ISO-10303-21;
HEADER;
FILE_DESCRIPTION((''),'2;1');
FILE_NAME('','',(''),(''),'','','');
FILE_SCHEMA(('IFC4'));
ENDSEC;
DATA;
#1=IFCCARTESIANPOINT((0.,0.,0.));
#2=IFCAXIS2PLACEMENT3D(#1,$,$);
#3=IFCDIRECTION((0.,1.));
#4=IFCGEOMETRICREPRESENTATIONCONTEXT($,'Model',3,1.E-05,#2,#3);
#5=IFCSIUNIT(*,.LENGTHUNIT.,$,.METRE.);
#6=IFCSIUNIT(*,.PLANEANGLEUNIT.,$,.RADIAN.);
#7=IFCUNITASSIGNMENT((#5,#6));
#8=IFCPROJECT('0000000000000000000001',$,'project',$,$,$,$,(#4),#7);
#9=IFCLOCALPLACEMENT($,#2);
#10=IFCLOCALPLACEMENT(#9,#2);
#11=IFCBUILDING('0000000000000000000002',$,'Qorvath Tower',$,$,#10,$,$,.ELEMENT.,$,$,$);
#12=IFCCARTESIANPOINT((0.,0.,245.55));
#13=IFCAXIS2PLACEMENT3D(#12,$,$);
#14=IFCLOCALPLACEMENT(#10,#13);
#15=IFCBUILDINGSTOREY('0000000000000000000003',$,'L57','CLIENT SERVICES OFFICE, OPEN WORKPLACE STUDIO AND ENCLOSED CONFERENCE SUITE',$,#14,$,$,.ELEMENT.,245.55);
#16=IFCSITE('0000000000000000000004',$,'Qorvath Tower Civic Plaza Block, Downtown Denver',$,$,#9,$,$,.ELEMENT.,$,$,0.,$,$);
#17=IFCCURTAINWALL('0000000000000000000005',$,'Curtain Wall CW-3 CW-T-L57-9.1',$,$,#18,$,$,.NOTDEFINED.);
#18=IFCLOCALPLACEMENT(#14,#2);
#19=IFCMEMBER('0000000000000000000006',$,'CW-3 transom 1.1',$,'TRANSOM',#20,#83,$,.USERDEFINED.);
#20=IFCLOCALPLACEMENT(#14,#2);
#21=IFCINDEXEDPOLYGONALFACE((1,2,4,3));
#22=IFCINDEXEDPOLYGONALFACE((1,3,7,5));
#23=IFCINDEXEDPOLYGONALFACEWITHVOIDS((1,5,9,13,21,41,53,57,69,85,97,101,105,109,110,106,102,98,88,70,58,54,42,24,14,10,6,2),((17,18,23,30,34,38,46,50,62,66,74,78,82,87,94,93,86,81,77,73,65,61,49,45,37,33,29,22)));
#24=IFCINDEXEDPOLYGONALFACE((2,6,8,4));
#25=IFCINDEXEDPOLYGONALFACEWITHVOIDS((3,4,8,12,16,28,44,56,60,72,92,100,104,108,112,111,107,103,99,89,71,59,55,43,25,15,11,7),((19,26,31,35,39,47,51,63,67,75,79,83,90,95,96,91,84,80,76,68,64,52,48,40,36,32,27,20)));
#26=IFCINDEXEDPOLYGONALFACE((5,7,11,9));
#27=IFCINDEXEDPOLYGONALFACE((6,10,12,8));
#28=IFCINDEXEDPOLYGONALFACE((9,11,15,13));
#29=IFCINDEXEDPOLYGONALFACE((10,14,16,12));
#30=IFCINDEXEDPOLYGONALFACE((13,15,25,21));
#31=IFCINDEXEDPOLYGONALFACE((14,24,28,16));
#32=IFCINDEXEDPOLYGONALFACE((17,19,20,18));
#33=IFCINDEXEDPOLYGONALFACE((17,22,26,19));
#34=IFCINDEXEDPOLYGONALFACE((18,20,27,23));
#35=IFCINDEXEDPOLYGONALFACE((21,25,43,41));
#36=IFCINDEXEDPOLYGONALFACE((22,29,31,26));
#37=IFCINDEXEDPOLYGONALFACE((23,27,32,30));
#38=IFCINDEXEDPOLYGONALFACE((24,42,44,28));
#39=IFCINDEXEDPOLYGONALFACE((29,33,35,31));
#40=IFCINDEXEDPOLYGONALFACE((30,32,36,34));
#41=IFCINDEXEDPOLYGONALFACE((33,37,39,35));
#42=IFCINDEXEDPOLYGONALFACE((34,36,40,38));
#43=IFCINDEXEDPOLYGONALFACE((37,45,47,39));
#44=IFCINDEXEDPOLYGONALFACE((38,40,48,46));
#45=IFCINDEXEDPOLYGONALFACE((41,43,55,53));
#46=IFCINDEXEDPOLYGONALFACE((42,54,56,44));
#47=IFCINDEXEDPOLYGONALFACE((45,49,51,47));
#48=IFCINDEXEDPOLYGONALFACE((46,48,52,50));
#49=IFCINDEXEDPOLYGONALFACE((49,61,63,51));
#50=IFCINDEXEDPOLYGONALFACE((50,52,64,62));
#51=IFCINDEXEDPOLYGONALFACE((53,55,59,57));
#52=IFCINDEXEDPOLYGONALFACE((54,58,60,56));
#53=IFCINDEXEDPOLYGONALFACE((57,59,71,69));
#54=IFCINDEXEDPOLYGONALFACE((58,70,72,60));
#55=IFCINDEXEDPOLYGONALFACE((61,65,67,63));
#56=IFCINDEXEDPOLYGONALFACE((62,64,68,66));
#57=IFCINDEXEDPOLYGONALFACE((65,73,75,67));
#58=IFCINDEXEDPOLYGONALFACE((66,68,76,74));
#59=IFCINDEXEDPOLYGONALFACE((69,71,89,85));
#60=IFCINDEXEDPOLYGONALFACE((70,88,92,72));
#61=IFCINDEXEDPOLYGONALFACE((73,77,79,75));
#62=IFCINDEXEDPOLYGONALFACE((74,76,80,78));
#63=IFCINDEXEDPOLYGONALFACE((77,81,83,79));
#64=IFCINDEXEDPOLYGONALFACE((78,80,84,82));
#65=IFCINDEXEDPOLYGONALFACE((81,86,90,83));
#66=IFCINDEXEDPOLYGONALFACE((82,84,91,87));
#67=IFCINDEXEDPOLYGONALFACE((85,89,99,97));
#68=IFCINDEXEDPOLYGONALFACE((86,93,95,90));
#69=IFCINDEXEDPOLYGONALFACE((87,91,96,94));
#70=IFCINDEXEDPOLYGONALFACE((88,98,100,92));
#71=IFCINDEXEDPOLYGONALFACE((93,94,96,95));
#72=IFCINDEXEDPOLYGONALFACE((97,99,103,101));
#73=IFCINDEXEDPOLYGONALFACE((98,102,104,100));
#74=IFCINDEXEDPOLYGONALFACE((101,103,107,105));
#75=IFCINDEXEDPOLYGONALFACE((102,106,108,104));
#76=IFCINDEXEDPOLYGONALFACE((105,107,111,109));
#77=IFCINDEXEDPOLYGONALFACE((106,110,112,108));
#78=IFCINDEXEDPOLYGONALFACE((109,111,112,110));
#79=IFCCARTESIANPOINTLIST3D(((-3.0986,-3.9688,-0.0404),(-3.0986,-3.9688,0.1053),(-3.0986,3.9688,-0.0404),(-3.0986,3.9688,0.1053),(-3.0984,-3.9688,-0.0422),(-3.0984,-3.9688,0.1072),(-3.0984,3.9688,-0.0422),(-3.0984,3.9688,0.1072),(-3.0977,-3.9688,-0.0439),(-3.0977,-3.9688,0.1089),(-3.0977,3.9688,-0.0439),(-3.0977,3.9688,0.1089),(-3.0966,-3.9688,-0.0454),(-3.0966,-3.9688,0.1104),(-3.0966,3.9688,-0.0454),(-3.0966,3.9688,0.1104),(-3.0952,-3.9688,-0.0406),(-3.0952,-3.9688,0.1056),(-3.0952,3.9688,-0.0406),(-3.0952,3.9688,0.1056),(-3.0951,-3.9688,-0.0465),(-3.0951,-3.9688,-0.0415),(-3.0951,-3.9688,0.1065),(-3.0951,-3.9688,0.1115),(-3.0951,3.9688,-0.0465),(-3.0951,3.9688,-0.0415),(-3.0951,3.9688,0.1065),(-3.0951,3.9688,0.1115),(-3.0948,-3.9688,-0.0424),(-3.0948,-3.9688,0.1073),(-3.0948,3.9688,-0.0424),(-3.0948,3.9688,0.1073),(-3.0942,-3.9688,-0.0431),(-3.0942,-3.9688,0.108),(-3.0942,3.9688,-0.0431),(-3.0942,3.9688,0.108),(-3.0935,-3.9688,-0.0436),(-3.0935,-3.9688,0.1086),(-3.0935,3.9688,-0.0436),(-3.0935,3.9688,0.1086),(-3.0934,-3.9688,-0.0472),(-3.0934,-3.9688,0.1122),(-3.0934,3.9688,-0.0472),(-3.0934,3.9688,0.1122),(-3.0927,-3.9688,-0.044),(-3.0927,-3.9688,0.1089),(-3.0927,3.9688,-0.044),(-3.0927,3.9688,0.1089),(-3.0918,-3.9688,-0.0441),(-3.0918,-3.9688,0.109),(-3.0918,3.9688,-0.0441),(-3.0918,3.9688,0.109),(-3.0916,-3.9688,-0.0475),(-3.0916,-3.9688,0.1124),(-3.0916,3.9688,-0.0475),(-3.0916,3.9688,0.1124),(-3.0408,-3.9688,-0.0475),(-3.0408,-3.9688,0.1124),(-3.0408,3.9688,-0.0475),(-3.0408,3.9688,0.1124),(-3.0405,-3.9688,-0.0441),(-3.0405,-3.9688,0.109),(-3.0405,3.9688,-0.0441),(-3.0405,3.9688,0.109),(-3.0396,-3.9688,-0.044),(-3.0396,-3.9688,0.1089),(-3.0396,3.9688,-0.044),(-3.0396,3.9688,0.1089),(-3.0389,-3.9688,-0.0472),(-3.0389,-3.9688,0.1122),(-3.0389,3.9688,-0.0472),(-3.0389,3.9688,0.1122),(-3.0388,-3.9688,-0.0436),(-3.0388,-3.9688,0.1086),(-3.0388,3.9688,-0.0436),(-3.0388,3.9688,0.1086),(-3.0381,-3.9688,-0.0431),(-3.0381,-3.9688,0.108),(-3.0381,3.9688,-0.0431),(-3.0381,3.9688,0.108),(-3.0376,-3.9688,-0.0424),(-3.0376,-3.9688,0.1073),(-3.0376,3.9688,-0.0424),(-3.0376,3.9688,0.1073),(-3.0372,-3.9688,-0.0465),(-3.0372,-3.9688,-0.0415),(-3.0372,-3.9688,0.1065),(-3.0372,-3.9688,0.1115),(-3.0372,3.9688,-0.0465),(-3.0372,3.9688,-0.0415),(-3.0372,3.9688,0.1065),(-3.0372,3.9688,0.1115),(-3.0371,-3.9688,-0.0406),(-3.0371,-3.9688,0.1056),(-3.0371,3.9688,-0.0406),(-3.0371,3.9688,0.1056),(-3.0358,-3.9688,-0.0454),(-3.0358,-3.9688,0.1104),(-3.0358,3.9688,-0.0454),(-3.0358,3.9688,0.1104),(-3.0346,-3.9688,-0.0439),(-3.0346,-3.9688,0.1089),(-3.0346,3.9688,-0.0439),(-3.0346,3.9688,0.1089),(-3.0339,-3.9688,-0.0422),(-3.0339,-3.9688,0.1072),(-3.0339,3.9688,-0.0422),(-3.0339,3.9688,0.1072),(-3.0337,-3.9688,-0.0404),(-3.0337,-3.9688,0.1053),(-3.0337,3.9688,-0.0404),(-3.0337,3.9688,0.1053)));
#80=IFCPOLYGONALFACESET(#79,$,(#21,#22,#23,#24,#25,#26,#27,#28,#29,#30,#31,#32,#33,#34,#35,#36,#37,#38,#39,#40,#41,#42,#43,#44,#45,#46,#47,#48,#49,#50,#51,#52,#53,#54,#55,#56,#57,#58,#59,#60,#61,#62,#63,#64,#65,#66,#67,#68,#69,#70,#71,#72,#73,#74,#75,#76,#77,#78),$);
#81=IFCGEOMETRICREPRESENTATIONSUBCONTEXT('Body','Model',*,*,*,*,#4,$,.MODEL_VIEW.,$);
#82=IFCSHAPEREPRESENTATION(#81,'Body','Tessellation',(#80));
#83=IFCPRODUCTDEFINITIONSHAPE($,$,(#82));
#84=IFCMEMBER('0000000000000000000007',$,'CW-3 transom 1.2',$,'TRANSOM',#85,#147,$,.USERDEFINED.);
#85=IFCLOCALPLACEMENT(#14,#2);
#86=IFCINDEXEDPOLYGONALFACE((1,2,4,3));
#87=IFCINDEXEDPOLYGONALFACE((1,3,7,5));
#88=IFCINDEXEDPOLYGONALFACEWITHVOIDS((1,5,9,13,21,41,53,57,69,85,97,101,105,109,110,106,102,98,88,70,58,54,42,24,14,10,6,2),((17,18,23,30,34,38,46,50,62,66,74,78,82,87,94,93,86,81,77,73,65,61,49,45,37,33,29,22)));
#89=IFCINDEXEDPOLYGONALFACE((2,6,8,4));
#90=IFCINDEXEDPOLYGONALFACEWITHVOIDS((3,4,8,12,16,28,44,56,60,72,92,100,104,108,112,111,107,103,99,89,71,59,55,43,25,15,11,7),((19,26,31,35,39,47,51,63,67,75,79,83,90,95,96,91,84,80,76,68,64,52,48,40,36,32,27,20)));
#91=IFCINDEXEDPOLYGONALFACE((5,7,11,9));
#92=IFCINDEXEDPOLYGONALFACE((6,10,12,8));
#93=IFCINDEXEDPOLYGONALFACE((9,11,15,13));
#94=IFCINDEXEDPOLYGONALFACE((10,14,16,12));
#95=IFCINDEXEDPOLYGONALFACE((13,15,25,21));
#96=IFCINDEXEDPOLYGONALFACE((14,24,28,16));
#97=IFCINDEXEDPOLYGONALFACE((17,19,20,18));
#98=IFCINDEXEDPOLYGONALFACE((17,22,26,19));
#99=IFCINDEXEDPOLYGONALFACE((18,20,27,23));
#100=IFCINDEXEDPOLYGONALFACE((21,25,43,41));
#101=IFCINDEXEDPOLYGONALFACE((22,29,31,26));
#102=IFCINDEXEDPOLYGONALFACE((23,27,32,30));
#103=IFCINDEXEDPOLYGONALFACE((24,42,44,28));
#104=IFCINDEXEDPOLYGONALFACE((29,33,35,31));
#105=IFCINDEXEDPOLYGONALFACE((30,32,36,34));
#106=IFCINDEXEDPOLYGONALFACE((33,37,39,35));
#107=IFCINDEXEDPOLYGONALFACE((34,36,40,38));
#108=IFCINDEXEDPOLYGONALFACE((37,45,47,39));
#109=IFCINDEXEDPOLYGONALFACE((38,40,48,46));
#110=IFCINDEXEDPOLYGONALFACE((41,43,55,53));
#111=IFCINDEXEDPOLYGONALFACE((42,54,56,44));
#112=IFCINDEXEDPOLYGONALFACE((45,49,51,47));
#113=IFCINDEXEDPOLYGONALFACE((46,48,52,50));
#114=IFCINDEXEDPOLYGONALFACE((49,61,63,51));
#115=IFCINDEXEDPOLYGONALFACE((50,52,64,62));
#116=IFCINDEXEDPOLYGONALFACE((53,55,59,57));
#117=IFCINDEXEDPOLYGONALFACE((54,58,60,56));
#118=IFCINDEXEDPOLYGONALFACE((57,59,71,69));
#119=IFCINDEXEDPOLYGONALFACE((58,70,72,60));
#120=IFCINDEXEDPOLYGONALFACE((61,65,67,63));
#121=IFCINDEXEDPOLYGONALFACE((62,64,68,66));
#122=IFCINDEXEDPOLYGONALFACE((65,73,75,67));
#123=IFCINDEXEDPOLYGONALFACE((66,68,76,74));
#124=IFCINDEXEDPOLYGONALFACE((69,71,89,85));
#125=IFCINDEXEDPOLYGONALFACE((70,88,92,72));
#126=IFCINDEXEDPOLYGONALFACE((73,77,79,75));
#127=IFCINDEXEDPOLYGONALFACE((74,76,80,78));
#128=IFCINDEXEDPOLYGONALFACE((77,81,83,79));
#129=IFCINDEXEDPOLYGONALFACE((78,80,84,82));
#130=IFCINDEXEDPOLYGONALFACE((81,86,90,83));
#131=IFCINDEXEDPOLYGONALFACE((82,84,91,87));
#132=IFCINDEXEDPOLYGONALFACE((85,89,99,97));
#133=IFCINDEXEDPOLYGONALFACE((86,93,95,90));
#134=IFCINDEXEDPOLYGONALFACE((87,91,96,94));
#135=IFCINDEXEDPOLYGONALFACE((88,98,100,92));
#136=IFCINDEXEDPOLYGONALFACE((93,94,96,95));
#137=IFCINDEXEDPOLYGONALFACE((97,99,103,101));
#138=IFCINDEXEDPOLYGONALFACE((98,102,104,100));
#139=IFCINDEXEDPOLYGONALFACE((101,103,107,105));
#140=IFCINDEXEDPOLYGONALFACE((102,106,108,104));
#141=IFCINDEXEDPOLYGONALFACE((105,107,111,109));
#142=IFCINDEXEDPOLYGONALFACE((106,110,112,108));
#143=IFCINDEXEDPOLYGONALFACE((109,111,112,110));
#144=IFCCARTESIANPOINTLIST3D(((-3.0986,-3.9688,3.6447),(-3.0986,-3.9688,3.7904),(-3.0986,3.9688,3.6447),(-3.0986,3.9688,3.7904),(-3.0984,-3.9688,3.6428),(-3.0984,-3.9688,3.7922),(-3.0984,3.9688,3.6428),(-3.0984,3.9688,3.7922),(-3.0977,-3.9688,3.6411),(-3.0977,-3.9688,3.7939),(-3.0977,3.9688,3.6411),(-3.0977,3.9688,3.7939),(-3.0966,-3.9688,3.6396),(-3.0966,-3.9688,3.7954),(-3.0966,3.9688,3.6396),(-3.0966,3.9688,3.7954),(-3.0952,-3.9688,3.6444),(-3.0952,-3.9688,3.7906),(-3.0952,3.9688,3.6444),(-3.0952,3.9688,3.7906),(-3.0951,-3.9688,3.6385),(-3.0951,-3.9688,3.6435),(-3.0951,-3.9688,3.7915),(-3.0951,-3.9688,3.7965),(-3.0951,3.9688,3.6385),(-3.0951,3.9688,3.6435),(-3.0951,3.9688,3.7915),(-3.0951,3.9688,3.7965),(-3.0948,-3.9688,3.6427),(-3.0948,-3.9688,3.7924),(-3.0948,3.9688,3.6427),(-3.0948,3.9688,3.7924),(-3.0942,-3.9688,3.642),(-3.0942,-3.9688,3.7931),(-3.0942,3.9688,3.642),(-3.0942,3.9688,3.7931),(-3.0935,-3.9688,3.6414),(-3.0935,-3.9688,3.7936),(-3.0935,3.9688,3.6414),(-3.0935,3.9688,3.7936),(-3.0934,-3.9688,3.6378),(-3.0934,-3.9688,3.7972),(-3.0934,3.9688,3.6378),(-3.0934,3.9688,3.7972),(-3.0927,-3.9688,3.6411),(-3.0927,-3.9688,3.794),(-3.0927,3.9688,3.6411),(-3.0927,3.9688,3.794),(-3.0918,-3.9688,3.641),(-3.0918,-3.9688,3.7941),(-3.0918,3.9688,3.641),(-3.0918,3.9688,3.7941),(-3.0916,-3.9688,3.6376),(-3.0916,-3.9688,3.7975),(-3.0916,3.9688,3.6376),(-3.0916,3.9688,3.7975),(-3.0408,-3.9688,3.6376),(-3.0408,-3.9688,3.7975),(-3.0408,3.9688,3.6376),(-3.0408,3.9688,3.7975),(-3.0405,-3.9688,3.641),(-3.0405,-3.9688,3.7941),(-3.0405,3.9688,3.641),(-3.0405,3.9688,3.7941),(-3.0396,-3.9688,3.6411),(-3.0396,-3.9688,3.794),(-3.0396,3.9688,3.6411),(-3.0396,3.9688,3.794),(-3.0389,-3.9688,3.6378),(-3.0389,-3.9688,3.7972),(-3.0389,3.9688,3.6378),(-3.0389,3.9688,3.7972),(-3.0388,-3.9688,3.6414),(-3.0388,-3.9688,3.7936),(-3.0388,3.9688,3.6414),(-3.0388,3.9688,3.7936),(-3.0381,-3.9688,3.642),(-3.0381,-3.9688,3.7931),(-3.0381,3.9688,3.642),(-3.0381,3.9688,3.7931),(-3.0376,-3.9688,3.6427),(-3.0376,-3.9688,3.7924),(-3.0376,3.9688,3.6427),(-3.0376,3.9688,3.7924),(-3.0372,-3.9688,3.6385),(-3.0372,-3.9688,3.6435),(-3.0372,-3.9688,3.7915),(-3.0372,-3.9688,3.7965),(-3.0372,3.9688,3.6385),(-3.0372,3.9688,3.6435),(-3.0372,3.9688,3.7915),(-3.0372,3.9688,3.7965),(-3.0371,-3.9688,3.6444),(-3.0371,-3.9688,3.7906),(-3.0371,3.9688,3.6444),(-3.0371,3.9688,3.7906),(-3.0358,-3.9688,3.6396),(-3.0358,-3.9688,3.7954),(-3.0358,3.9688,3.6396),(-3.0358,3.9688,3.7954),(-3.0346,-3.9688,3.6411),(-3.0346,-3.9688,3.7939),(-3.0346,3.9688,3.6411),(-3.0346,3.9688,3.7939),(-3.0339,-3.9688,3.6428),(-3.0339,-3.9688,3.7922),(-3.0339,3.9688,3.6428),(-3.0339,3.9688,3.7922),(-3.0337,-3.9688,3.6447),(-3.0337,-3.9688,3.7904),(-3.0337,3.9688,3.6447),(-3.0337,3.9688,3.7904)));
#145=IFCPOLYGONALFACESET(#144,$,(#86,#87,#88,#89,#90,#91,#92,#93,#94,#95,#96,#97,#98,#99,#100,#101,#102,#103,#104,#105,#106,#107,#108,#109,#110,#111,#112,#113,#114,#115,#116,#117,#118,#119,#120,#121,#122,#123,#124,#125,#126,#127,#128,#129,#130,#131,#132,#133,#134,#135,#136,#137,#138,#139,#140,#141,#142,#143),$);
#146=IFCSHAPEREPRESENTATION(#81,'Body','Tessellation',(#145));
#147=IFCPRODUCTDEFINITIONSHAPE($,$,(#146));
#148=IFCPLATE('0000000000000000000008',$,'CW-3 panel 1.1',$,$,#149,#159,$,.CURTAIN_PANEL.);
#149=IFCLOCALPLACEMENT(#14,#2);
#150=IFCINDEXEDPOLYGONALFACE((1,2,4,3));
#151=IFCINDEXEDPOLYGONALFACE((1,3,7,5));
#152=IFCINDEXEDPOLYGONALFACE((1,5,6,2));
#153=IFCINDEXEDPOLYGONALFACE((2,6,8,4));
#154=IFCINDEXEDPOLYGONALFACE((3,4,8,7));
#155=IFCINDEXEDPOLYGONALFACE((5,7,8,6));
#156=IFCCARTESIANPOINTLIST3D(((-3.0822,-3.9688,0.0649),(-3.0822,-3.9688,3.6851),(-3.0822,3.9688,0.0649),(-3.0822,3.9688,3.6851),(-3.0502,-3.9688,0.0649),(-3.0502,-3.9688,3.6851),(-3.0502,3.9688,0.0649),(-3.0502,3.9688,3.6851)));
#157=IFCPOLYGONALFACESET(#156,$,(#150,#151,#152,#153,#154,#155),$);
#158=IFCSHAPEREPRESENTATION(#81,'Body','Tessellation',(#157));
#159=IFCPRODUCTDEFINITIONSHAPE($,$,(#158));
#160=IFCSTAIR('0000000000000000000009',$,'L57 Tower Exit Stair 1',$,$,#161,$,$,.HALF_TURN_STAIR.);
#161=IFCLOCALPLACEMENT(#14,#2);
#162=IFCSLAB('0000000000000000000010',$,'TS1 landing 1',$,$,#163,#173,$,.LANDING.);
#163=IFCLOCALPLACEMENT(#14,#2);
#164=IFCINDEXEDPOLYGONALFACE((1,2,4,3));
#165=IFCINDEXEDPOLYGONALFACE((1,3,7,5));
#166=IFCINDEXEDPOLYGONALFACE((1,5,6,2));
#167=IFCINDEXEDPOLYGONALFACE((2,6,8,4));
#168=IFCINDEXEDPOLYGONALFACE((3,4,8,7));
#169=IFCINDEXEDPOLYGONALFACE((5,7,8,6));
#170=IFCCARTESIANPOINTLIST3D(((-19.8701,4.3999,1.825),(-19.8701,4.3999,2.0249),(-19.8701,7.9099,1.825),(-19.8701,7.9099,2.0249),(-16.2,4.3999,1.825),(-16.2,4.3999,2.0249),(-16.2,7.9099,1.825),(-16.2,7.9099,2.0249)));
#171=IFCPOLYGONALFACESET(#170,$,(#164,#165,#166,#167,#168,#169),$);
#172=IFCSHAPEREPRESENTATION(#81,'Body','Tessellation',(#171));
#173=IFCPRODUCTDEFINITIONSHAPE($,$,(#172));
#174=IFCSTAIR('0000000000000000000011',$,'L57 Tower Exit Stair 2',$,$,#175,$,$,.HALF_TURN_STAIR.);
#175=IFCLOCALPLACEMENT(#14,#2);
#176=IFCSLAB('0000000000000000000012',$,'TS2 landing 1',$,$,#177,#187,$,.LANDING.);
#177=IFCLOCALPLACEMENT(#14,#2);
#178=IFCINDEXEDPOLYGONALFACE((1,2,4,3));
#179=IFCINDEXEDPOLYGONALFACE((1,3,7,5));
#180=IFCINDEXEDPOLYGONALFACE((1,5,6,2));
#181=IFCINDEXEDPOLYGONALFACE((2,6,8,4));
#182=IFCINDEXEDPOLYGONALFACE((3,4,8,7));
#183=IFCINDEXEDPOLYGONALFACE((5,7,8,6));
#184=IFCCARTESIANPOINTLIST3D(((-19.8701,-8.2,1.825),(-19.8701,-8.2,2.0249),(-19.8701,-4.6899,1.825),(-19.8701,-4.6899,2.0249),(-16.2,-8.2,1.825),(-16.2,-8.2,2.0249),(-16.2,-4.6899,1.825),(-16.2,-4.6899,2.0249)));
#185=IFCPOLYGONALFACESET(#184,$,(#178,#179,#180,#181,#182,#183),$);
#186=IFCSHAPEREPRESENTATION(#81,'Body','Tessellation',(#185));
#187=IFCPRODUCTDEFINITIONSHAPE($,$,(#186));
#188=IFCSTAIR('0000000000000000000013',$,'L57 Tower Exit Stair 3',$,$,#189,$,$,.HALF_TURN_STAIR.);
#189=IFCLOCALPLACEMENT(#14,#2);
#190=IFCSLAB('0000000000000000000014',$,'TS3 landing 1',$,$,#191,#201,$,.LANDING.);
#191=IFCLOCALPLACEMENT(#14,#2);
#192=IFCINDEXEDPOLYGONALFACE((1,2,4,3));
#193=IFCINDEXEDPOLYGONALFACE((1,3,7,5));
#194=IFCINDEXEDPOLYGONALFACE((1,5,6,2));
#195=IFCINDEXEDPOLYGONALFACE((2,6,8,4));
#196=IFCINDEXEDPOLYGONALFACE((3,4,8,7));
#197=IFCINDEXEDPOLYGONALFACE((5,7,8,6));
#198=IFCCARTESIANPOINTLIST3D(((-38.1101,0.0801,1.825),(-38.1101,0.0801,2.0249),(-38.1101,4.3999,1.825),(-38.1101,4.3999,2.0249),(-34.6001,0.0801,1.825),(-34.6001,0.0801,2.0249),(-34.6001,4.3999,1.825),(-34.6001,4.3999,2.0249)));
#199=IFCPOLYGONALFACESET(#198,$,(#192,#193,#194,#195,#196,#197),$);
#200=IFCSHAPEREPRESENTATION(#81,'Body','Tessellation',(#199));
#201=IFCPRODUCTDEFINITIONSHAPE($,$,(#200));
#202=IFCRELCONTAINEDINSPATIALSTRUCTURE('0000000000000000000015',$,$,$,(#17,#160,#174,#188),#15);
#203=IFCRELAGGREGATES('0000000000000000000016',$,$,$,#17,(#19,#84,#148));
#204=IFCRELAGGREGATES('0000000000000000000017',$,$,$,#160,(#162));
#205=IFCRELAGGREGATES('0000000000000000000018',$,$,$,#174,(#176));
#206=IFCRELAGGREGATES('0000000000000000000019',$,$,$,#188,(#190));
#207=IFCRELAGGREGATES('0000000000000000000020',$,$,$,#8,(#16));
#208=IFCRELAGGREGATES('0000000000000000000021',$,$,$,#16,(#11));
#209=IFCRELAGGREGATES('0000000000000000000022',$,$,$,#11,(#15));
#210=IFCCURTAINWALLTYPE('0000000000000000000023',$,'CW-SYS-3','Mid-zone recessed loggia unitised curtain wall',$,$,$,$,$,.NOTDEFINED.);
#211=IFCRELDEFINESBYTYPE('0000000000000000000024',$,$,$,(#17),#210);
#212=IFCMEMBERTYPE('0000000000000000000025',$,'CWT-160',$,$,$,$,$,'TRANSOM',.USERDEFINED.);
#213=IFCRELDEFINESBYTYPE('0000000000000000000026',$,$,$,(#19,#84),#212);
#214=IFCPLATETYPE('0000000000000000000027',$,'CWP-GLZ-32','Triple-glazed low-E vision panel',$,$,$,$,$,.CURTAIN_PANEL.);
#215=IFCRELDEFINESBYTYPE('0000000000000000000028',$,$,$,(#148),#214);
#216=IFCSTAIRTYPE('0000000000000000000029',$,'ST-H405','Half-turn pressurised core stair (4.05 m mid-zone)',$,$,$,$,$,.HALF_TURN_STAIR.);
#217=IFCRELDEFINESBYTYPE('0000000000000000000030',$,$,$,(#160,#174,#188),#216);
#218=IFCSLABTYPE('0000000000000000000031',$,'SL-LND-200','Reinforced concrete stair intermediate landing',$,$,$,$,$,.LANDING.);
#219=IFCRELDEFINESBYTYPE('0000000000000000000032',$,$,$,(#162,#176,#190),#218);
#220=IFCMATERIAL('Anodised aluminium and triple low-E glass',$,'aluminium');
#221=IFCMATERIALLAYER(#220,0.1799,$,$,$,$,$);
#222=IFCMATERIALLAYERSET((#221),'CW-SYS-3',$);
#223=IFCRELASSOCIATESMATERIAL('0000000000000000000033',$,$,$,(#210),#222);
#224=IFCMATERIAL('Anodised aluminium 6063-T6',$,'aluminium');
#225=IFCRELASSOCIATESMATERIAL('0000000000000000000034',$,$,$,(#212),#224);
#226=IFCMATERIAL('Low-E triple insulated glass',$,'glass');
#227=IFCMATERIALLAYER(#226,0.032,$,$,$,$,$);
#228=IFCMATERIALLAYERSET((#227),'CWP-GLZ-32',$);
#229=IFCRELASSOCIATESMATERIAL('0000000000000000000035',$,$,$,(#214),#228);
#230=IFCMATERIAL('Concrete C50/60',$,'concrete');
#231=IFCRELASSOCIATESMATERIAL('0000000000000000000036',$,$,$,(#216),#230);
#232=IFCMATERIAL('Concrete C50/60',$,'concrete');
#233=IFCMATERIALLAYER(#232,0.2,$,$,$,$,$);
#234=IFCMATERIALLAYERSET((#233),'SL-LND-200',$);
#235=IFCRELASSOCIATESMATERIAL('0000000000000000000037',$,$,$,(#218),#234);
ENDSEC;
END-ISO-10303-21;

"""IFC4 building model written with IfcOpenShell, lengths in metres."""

from ifc_helpers import new_model, si_unit, direction, frame, origin, origin_2d, place, context, subcontext, project, spatial, polyline, rectangle, hollow_rectangle, outline, extrude, material, layer, layer_set, material_profile, profile_set, type_object, element, aggregate, save


model = new_model("IFC4")

# Units and contexts
model_context = context("Model", 3, precision=1e-05, world=origin(), true_north=direction((0.0, 1.0)))
body_context = subcontext(model_context, "Body", "Model", "MODEL_VIEW")
ifc_project = project(units=[si_unit("LENGTHUNIT", "METRE"), si_unit("PLANEANGLEUNIT", "RADIAN")], contexts=[model_context])

# Site, building, storey
site_placement = place(None, origin())
site = spatial("IfcSite", under=ifc_project, at=site_placement, Name="Qorvath Tower Civic Plaza Block, Downtown Denver", CompositionType="ELEMENT", RefElevation=0.0)
building_placement = place(site_placement, origin())
building = spatial("IfcBuilding", under=site, at=building_placement, Name="Qorvath Tower", CompositionType="ELEMENT")
storey_placement = place(building_placement, frame((0.0, 0.0, 245.55)))
storey = spatial("IfcBuildingStorey", under=building, at=storey_placement, Name="L57", Description="CLIENT SERVICES OFFICE, OPEN WORKPLACE STUDIO AND ENCLOSED CONFERENCE SUITE", CompositionType="ELEMENT", Elevation=245.55)

# Shared definitions
ifc_material_1 = material(Name="Anodised aluminium and triple low-E glass", Category="aluminium")
ifc_layer_1 = layer(ifc_material_1, 0.1799)
ifc_layer_set_1 = layer_set([ifc_layer_1], Name="CW-SYS-3")
curtain_wall_type = type_object("IfcCurtainWallType", Name="CW-SYS-3", Description="Mid-zone recessed loggia unitised curtain wall", PredefinedType="NOTDEFINED", material=ifc_layer_set_1)

# Curtain wall, members, plate
curtain_wall_1_placement = place(storey_placement, origin())
curtain_wall_1 = element("IfcCurtainWall", 1, at=curtain_wall_1_placement, inside=storey, type_object=curtain_wall_type, Name="Curtain Wall CW-3 CW-T-L57-9.1", PredefinedType="NOTDEFINED")
ifc_material_2 = material(Name="Anodised aluminium 6063-T6", Category="aluminium")
ifc_material_profile_1 = material_profile(ifc_material_2, hollow_rectangle(XDim=0.0649, YDim=0.1599, WallThickness=0.0034, InnerFilletRadius=0.0034, OuterFilletRadius=0.0071, at=origin_2d()), Name="CWT 160x65")
ifc_profile_set_1 = profile_set([ifc_material_profile_1], Name="Anodised aluminium 6063-T6")
member_type_1 = type_object("IfcMemberType", Name="CWT-160", ElementType="TRANSOM", PredefinedType="USERDEFINED", material=ifc_profile_set_1)
member_1_placement = place(storey_placement, frame((-3.0662, -3.9688, 0.0325), z_axis=(0.0, 1.0, 0.0), x_axis=(-1.0, 0.0, 0.0)))
member_1 = element("IfcMember", 2, at=member_1_placement, type_object=member_type_1, Name="CW-3 transom 1.1", ObjectType="TRANSOM", PredefinedType="USERDEFINED", context=body_context, shape_type="SweptSolid", body=[
    extrude(hollow_rectangle(XDim=0.0649, YDim=0.1599, WallThickness=0.0034, InnerFilletRadius=0.0034, OuterFilletRadius=0.0071, at=origin_2d()), origin(), (0.0, 0.0, 1.0), 7.9375),
])
member_2_placement = place(storey_placement, frame((-3.0662, -3.9688, 3.7175), z_axis=(0.0, 1.0, 0.0), x_axis=(-1.0, 0.0, 0.0)))
member_2 = element("IfcMember", 3, at=member_2_placement, type_object=member_type_1, Name="CW-3 transom 1.2", ObjectType="TRANSOM", PredefinedType="USERDEFINED", context=body_context, shape_type="SweptSolid", body=[
    extrude(hollow_rectangle(XDim=0.0649, YDim=0.1599, WallThickness=0.0034, InnerFilletRadius=0.0034, OuterFilletRadius=0.0071, at=origin_2d()), origin(), (0.0, 0.0, 1.0), 7.9375),
])
ifc_material_3 = material(Name="Low-E triple insulated glass", Category="glass")
ifc_layer_2 = layer(ifc_material_3, 0.032)
ifc_layer_set_2 = layer_set([ifc_layer_2], Name="CWP-GLZ-32")
plate_type = type_object("IfcPlateType", Name="CWP-GLZ-32", Description="Triple-glazed low-E vision panel", PredefinedType="CURTAIN_PANEL", material=ifc_layer_set_2)
plate_placement = place(storey_placement, frame((-3.0662, 0.0, 0.0649), z_axis=(0.0, 0.0, 1.0), x_axis=(0.0, 1.0, 0.0)))
plate = element("IfcPlate", 4, at=plate_placement, type_object=plate_type, Name="CW-3 panel 1.1", PredefinedType="CURTAIN_PANEL", context=body_context, shape_type="SweptSolid", body=[
    extrude(rectangle(XDim=7.9375, YDim=0.032, at=origin_2d()), origin(), (0.0, 0.0, 1.0), 3.6201),
])
aggregate(curtain_wall_1, [member_1, member_2, plate])

# Stairs, slabs
ifc_material_4 = material(Name="Concrete C50/60", Category="concrete")
stair_type = type_object("IfcStairType", Name="ST-H405", Description="Half-turn pressurised core stair (4.05 m mid-zone)", PredefinedType="HALF_TURN_STAIR", material=ifc_material_4)
stair_1_placement = place(storey_placement, origin())
stair_1 = element("IfcStair", 5, at=stair_1_placement, inside=storey, type_object=stair_type, Name="L57 Tower Exit Stair 1", PredefinedType="HALF_TURN_STAIR")
ifc_material_5 = material(Name="Concrete C50/60", Category="concrete")
ifc_layer_3 = layer(ifc_material_5, 0.2)
ifc_layer_set_3 = layer_set([ifc_layer_3], Name="SL-LND-200")
slab_type_1 = type_object("IfcSlabType", Name="SL-LND-200", Description="Reinforced concrete stair intermediate landing", PredefinedType="LANDING", material=ifc_layer_set_3)
slab_1_placement = place(storey_placement, frame((0.0, 0.0, 1.825)))
slab_1 = element("IfcSlab", 6, at=slab_1_placement, type_object=slab_type_1, Name="TS1 landing 1", PredefinedType="LANDING", context=body_context, shape_type="SweptSolid", body=[
    extrude(outline(polyline([(-19.8701, 4.3999), (-16.2, 4.3999), (-16.2, 7.9099), (-19.8701, 7.9099), (-19.8701, 4.3999)])), origin(), (0.0, 0.0, 1.0), 0.2),
])
aggregate(stair_1, [slab_1])
stair_2_placement = place(storey_placement, origin())
stair_2 = element("IfcStair", 7, at=stair_2_placement, inside=storey, type_object=stair_type, Name="L57 Tower Exit Stair 2", PredefinedType="HALF_TURN_STAIR")
slab_2_placement = place(storey_placement, frame((0.0, 0.0, 1.825)))
slab_2 = element("IfcSlab", 8, at=slab_2_placement, type_object=slab_type_1, Name="TS2 landing 1", PredefinedType="LANDING", context=body_context, shape_type="SweptSolid", body=[
    extrude(outline(polyline([(-19.8701, -8.2), (-16.2, -8.2), (-16.2, -4.6899), (-19.8701, -4.6899), (-19.8701, -8.2)])), origin(), (0.0, 0.0, 1.0), 0.2),
])
aggregate(stair_2, [slab_2])
stair_3_placement = place(storey_placement, origin())
stair_3 = element("IfcStair", 9, at=stair_3_placement, inside=storey, type_object=stair_type, Name="L57 Tower Exit Stair 3", PredefinedType="HALF_TURN_STAIR")
slab_3_placement = place(storey_placement, frame((0.0, 0.0, 1.825)))
slab_3 = element("IfcSlab", 10, at=slab_3_placement, type_object=slab_type_1, Name="TS3 landing 1", PredefinedType="LANDING", context=body_context, shape_type="SweptSolid", body=[
    extrude(outline(polyline([(-34.6001, 0.0801), (-34.6001, 4.3999), (-38.1101, 4.3999), (-38.1101, 0.0801), (-34.6001, 0.0801)])), origin(), (0.0, 0.0, 1.0), 0.2),
])
aggregate(stair_3, [slab_3])

save(model, "model.ifc")
